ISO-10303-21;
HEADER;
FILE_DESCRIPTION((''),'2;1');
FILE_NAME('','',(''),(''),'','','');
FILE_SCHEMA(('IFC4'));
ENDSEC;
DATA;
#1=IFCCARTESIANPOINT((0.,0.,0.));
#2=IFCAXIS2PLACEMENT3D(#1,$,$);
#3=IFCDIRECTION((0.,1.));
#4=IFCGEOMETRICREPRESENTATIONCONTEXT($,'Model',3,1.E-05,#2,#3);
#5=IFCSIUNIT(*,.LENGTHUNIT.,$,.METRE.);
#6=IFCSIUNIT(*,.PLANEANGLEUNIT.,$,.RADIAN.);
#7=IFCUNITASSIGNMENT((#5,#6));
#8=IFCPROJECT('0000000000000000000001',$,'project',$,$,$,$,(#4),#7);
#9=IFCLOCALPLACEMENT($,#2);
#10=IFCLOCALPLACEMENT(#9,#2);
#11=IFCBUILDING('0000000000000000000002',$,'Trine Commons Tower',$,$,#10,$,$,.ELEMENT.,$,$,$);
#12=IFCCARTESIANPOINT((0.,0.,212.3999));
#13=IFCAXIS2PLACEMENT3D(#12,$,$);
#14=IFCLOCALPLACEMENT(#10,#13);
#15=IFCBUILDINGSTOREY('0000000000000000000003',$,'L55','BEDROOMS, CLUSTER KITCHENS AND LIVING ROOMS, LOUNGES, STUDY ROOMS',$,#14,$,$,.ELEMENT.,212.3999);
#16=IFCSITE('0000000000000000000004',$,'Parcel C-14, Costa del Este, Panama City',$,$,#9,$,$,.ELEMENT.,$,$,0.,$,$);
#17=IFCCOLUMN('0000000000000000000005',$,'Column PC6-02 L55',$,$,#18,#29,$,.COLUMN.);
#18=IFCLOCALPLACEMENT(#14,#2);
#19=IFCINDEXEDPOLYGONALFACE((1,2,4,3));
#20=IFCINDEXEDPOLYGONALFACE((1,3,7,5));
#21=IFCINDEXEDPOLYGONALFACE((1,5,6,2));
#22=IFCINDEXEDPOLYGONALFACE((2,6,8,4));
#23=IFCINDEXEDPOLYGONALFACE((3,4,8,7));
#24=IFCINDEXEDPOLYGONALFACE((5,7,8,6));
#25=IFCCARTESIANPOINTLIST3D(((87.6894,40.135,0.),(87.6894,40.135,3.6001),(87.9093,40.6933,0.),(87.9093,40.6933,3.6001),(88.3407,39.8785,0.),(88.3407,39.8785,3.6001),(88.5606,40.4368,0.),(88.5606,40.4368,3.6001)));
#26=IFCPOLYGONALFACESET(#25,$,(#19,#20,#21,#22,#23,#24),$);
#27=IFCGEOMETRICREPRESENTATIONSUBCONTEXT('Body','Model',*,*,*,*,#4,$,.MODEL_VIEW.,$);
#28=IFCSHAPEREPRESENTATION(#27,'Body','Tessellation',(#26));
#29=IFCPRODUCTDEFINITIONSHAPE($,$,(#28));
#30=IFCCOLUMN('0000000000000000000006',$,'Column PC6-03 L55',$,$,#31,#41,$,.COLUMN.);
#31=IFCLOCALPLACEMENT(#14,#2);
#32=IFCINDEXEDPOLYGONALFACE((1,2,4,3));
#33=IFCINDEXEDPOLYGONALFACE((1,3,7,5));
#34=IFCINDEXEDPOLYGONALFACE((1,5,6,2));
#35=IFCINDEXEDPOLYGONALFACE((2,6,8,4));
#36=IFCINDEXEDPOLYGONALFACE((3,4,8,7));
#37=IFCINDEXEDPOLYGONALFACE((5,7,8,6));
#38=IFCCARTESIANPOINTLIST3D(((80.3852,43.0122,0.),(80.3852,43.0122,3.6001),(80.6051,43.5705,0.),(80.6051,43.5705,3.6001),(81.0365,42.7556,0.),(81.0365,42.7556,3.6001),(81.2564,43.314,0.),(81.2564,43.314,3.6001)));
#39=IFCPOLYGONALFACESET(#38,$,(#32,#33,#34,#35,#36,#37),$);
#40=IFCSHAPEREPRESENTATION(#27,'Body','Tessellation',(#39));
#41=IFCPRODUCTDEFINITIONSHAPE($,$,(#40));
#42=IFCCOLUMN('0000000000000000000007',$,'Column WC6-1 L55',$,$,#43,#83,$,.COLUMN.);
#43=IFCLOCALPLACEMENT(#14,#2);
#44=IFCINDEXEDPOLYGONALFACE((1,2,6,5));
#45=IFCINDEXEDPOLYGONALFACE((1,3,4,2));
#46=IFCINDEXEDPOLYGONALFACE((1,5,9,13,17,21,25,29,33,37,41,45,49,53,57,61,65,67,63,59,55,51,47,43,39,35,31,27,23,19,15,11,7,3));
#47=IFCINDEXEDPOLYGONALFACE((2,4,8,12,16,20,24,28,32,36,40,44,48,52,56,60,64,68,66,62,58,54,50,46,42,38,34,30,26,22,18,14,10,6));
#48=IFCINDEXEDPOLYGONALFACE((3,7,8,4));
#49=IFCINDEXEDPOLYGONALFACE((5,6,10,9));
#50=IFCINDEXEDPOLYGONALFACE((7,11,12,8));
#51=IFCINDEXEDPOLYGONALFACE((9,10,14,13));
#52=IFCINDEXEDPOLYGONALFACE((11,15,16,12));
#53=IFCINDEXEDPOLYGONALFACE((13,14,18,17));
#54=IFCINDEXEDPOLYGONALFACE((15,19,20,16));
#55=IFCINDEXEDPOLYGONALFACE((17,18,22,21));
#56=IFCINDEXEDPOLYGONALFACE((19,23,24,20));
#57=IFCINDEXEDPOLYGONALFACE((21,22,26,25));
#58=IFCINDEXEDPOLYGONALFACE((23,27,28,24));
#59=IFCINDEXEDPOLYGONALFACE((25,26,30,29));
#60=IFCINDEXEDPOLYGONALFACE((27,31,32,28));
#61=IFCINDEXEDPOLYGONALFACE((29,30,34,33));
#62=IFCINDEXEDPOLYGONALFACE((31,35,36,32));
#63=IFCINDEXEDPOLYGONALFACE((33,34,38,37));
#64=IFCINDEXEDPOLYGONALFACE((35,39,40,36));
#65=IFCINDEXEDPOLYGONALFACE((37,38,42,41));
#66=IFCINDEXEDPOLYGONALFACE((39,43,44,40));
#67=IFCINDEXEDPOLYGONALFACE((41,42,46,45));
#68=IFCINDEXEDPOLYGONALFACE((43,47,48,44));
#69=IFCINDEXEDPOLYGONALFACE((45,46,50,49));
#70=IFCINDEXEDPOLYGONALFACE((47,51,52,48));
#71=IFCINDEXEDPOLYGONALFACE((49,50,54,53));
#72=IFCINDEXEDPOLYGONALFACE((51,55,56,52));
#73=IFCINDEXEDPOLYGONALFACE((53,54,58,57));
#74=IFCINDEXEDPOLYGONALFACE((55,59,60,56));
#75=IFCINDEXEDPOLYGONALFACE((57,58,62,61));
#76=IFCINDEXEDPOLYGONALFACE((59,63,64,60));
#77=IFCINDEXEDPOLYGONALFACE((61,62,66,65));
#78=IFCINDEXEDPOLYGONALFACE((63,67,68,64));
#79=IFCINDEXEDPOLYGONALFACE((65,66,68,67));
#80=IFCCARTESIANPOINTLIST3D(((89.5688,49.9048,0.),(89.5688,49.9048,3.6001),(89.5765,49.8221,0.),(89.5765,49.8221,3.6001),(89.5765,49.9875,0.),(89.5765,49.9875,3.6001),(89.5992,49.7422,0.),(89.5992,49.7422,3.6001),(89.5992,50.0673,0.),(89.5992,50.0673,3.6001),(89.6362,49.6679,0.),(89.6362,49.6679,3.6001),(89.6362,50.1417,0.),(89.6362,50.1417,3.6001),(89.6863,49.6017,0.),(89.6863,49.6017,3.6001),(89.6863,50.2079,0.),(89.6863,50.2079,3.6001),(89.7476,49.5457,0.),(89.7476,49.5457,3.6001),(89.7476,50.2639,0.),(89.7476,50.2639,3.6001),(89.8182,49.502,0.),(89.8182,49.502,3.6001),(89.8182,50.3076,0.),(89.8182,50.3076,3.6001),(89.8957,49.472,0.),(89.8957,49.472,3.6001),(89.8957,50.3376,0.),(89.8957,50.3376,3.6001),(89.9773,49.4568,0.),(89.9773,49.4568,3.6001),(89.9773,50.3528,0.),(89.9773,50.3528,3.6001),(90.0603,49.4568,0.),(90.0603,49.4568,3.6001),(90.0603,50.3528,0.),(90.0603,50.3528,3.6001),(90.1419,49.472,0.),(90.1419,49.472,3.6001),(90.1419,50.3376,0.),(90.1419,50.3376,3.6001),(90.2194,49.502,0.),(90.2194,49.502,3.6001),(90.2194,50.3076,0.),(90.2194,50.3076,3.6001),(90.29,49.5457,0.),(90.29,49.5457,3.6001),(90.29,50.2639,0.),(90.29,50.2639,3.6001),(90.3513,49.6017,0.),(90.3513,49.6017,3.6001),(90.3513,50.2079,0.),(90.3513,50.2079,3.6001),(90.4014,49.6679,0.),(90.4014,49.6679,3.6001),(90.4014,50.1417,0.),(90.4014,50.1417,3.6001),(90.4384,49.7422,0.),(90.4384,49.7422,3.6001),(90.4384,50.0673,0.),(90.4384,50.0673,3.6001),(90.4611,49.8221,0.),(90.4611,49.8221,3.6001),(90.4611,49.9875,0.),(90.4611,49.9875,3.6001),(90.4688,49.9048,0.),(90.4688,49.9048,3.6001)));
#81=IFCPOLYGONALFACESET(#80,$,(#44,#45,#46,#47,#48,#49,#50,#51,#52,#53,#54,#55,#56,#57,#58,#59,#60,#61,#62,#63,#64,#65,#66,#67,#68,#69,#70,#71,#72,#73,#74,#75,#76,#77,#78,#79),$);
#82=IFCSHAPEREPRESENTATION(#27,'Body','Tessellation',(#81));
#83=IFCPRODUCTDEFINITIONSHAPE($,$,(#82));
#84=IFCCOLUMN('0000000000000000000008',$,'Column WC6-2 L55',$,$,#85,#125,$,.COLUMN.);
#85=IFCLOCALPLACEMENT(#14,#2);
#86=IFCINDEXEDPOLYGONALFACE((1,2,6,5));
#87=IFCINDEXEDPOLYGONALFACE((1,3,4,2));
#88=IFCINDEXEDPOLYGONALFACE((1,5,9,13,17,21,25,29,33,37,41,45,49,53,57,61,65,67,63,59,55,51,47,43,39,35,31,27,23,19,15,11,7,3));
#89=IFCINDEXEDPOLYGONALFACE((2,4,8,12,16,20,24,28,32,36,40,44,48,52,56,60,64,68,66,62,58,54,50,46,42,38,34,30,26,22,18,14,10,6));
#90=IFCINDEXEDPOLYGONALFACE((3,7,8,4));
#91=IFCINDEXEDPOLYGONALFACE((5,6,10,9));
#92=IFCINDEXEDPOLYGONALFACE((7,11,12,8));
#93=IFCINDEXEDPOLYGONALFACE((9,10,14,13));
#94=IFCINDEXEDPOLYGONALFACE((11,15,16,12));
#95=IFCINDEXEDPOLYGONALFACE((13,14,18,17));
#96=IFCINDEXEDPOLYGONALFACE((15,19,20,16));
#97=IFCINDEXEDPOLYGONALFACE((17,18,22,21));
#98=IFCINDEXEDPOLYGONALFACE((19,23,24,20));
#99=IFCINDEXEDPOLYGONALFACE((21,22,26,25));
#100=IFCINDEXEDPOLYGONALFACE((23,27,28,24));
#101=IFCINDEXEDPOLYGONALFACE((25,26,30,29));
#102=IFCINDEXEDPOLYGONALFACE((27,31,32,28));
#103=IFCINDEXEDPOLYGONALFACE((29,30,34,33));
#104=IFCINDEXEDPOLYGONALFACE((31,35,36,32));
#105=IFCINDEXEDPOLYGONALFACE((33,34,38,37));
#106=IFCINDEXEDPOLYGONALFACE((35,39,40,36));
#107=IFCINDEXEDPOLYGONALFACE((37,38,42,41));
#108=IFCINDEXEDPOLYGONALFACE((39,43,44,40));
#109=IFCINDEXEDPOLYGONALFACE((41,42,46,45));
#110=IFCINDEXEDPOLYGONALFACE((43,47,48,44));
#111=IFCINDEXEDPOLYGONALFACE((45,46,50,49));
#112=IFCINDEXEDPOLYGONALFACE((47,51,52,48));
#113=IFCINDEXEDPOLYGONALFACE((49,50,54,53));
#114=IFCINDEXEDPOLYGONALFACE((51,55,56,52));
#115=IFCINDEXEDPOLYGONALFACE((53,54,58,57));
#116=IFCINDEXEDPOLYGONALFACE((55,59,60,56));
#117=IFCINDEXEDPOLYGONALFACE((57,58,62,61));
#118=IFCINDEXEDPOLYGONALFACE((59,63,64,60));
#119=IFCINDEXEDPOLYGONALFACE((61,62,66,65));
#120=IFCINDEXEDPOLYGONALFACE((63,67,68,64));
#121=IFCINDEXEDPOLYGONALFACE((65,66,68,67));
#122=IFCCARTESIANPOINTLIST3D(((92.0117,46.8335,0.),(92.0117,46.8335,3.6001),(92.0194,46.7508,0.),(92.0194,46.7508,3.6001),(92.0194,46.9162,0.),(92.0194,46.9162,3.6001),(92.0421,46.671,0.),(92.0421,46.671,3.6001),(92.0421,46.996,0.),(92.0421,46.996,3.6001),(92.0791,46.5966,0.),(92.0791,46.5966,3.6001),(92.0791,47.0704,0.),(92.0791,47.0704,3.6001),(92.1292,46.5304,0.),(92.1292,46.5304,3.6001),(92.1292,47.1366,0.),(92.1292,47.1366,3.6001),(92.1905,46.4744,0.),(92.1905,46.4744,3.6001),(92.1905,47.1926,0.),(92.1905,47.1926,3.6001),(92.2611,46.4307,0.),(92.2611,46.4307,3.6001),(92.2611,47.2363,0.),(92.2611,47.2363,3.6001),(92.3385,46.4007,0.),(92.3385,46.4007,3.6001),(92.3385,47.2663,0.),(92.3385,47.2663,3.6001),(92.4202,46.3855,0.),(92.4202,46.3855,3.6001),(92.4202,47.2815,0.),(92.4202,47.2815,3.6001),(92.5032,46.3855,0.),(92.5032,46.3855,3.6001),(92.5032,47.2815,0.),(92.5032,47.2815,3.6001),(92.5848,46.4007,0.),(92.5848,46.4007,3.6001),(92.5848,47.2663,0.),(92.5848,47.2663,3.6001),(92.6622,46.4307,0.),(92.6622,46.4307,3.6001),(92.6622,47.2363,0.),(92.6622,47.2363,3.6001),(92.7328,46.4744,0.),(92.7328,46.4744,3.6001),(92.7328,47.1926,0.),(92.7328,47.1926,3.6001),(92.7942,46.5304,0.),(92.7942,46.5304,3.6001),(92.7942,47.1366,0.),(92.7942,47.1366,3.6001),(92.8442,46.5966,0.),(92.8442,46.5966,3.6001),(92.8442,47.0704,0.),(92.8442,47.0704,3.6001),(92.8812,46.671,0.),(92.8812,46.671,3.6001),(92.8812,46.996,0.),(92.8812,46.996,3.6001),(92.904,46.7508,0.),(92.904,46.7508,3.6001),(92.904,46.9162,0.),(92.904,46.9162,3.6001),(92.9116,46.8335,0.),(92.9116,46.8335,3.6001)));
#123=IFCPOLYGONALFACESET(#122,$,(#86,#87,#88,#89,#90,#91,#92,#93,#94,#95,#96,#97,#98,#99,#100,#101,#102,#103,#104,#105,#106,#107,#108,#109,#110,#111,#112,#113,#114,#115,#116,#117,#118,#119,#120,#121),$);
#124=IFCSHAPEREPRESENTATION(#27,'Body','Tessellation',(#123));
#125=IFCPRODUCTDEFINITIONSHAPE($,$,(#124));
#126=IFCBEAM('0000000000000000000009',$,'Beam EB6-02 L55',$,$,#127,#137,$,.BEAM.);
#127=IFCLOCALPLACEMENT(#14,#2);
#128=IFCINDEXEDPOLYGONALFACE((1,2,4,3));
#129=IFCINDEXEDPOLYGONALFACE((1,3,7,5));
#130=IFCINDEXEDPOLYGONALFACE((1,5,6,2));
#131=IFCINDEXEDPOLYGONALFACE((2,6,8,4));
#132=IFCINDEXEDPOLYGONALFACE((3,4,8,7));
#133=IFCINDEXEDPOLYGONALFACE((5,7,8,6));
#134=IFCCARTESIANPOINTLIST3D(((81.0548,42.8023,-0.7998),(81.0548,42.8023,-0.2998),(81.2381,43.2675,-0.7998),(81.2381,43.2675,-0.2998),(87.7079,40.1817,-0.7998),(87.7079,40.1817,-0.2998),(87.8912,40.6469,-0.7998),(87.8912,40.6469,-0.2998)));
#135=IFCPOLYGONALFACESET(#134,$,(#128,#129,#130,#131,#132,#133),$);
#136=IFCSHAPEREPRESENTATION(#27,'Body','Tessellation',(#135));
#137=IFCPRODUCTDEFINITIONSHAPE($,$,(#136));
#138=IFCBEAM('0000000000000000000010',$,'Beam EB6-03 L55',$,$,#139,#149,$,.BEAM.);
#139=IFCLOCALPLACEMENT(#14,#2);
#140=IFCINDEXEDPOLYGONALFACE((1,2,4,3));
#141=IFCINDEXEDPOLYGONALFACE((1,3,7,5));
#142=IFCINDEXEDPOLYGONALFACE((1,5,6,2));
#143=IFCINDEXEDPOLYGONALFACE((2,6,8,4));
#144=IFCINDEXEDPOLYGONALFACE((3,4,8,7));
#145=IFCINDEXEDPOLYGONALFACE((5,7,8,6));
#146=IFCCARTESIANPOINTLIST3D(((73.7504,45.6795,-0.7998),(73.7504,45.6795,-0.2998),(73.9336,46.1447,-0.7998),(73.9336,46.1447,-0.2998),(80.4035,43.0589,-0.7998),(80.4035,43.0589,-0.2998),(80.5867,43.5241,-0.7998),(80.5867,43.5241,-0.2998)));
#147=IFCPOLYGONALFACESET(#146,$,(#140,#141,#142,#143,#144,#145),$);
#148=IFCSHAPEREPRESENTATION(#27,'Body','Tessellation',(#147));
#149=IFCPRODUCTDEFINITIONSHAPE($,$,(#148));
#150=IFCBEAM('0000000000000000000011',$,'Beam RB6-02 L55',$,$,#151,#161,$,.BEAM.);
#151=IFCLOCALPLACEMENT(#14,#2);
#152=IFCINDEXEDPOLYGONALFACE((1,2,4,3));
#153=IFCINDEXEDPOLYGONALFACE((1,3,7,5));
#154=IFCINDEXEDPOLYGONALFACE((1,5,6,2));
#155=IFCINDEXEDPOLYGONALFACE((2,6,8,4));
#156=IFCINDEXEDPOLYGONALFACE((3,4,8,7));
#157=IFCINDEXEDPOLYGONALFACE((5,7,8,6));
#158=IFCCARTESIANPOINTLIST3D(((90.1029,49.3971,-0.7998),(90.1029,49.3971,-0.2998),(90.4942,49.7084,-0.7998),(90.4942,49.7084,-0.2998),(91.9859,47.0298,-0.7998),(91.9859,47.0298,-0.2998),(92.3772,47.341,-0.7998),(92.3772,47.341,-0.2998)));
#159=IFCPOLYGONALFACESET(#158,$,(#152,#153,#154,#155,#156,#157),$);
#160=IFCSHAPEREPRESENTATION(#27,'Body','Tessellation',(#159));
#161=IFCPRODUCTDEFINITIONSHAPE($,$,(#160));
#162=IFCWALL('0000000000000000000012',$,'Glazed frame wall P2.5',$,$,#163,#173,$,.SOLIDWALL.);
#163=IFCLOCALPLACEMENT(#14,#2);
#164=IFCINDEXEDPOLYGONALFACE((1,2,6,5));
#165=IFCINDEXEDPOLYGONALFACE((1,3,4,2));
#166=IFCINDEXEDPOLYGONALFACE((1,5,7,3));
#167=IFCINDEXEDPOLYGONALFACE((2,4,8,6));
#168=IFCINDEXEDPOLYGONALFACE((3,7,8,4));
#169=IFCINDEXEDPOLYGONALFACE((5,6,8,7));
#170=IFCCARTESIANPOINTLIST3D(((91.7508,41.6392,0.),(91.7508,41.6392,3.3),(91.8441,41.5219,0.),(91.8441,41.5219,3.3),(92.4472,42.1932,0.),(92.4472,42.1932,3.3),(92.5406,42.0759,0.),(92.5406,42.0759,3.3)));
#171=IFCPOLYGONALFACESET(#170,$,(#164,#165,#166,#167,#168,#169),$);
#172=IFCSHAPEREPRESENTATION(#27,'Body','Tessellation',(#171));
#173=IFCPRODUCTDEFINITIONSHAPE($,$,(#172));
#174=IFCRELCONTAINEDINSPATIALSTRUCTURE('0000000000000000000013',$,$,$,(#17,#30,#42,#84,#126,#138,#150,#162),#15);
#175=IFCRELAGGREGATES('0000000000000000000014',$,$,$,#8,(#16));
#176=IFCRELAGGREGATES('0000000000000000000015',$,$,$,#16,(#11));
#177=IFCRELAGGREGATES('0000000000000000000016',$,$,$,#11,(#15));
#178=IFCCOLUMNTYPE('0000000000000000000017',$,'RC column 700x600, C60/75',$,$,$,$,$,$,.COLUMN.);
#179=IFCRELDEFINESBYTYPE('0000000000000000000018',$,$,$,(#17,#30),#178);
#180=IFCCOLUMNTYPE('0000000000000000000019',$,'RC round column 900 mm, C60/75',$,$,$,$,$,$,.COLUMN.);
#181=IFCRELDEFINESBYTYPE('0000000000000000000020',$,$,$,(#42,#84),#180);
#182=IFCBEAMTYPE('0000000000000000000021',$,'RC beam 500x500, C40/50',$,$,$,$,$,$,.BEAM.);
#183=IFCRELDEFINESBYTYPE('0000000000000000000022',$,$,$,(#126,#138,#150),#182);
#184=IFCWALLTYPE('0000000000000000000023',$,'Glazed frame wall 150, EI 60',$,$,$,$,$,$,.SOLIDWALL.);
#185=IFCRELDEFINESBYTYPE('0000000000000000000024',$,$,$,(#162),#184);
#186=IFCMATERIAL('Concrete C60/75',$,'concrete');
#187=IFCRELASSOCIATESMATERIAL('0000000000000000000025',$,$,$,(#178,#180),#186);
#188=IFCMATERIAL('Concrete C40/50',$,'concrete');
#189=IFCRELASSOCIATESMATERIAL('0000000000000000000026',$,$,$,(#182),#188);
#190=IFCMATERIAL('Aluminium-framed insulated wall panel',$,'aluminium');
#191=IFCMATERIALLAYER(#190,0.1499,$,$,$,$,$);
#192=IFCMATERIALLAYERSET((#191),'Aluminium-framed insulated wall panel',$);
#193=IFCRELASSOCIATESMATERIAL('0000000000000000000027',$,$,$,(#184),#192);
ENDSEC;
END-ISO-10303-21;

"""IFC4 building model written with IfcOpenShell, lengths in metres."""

from ifc_helpers import new_model, si_unit, direction, frame, origin, origin_2d, place, context, subcontext, project, spatial, polyline, rectangle, circle, outline, extrude, material, layer, layer_set, material_profile, profile_set, type_object, element, save


model = new_model("IFC4")

# Units and contexts
model_context = context("Model", 3, precision=1e-05, world=origin(), true_north=direction((0.0, 1.0)))
body_context = subcontext(model_context, "Body", "Model", "MODEL_VIEW")
ifc_project = project(units=[si_unit("LENGTHUNIT", "METRE"), si_unit("PLANEANGLEUNIT", "RADIAN")], contexts=[model_context])

# Site, building, storey
site_placement = place(None, origin())
site = spatial("IfcSite", under=ifc_project, at=site_placement, Name="Parcel C-14, Costa del Este, Panama City", CompositionType="ELEMENT", RefElevation=0.0)
building_placement = place(site_placement, origin())
building = spatial("IfcBuilding", under=site, at=building_placement, Name="Trine Commons Tower", CompositionType="ELEMENT")
storey_placement = place(building_placement, frame((0.0, 0.0, 212.3999)))
storey = spatial("IfcBuildingStorey", under=building, at=storey_placement, Name="L55", Description="BEDROOMS, CLUSTER KITCHENS AND LIVING ROOMS, LOUNGES, STUDY ROOMS", CompositionType="ELEMENT", Elevation=212.3999)

# Columns
ifc_material_1 = material(Name="Concrete C60/75", Category="concrete")
ifc_material_profile_1 = material_profile(ifc_material_1, rectangle(XDim=0.7, YDim=0.6001, at=origin_2d()), Name="RC 700x600")
ifc_profile_set_1 = profile_set([ifc_material_profile_1], Name="Concrete C60/75")
column_type_1 = type_object("IfcColumnType", Name="RC column 700x600, C60/75", PredefinedType="COLUMN", material=ifc_profile_set_1)
for number, where, z_axis, x_axis, name in (
    (1, (88.125, 40.2859, 0.0), (0.0, 0.0, 1.0), (-0.930418, 0.366501, 0.0), "Column PC6-02 L55"),
    (2, (80.8208, 43.1631, 0.0), (0.0, 0.0, 1.0), (-0.930418, 0.366501, 0.0), "Column PC6-03 L55"),
):
    element("IfcColumn", number, at=place(storey_placement, frame(where, z_axis=z_axis, x_axis=x_axis)), inside=storey, type_object=column_type_1, Name=name, PredefinedType="COLUMN", context=body_context, shape_type="SweptSolid", body=[
        extrude(rectangle(XDim=0.7, YDim=0.6001, at=origin_2d()), origin(), (0.0, 0.0, 1.0), 3.6001),
    ])
ifc_material_profile_2 = material_profile(ifc_material_1, circle(Radius=0.45, at=origin_2d()), Name="RC round 900")
ifc_profile_set_2 = profile_set([ifc_material_profile_2], Name="Concrete C60/75")
column_type_2 = type_object("IfcColumnType", Name="RC round column 900 mm, C60/75", PredefinedType="COLUMN", material=ifc_profile_set_2)
for number, where, z_axis, x_axis, name in (
    (3, (90.0188, 49.9048, 0.0), (0.0, 0.0, 1.0), (1.0, 0.0, 0.0), "Column WC6-1 L55"),
    (4, (92.4617, 46.8335, 0.0), (0.0, 0.0, 1.0), (1.0, 0.0, 0.0), "Column WC6-2 L55"),
):
    element("IfcColumn", number, at=place(storey_placement, frame(where, z_axis=z_axis, x_axis=x_axis)), inside=storey, type_object=column_type_2, Name=name, PredefinedType="COLUMN", context=body_context, shape_type="SweptSolid", body=[
        extrude(circle(Radius=0.45, at=origin_2d()), origin(), (0.0, 0.0, 1.0), 3.6001),
    ])

# Beams
ifc_material_2 = material(Name="Concrete C40/50", Category="concrete")
ifc_material_profile_3 = material_profile(ifc_material_2, rectangle(XDim=0.5, YDim=0.5, at=origin_2d()), Name="RC 500x500")
ifc_profile_set_3 = profile_set([ifc_material_profile_3], Name="Concrete C40/50")
beam_type = type_object("IfcBeamType", Name="RC beam 500x500, C40/50", PredefinedType="BEAM", material=ifc_profile_set_3)
for number, where, z_axis, x_axis, name in (
    (5, (87.7996, 40.4143, -0.5498), (-0.930423, 0.366488, 0.0), (-0.366488, -0.930423, 0.0), "Beam EB6-02 L55"),
    (6, (80.4951, 43.2915, -0.5498), (-0.930423, 0.366488, 0.0), (-0.366488, -0.930423, 0.0), "Beam EB6-03 L55"),
):
    element("IfcBeam", number, at=place(storey_placement, frame(where, z_axis=z_axis, x_axis=x_axis)), inside=storey, type_object=beam_type, Name=name, PredefinedType="BEAM", context=body_context, shape_type="SweptSolid", body=[
        extrude(rectangle(XDim=0.5, YDim=0.5, at=origin_2d()), origin(), (0.0, 0.0, 1.0), 7.1506),
    ])
beam_placement = place(storey_placement, frame((90.2986, 49.5527, -0.5498), z_axis=(0.622498, -0.782622, 0.0), x_axis=(0.782622, 0.622498, 0.0)))
element("IfcBeam", 7, at=beam_placement, inside=storey, type_object=beam_type, Name="Beam RB6-02 L55", PredefinedType="BEAM", context=body_context, shape_type="SweptSolid", body=[
    extrude(rectangle(XDim=0.5, YDim=0.5, at=origin_2d()), origin(), (0.0, 0.0, 1.0), 3.0249),
])

# Wall
ifc_material_3 = material(Name="Aluminium-framed insulated wall panel", Category="aluminium")
ifc_layer_1 = layer(ifc_material_3, 0.1499)
ifc_layer_set_1 = layer_set([ifc_layer_1], Name="Aluminium-framed insulated wall panel")
wall_type_1 = type_object("IfcWallType", Name="Glazed frame wall 150, EI 60", PredefinedType="SOLIDWALL", material=ifc_layer_set_1)
wall_1_placement = place(storey_placement, frame((92.4939, 42.1345, 0.0), z_axis=(0.0, 0.0, 1.0), x_axis=(-0.782628, -0.62249, 0.0)))
element("IfcWall", 8, at=wall_1_placement, inside=storey, type_object=wall_type_1, Name="Glazed frame wall P2.5", PredefinedType="SOLIDWALL", context=body_context, shape_type="SweptSolid", body=[
    extrude(outline(polyline([(0.8899, 0.075), (0.0, 0.075), (0.0, -0.075), (0.8899, -0.075), (0.8899, 0.075)])), origin(), (0.0, 0.0, 1.0), 3.3),
])

save(model, "model.ifc")
